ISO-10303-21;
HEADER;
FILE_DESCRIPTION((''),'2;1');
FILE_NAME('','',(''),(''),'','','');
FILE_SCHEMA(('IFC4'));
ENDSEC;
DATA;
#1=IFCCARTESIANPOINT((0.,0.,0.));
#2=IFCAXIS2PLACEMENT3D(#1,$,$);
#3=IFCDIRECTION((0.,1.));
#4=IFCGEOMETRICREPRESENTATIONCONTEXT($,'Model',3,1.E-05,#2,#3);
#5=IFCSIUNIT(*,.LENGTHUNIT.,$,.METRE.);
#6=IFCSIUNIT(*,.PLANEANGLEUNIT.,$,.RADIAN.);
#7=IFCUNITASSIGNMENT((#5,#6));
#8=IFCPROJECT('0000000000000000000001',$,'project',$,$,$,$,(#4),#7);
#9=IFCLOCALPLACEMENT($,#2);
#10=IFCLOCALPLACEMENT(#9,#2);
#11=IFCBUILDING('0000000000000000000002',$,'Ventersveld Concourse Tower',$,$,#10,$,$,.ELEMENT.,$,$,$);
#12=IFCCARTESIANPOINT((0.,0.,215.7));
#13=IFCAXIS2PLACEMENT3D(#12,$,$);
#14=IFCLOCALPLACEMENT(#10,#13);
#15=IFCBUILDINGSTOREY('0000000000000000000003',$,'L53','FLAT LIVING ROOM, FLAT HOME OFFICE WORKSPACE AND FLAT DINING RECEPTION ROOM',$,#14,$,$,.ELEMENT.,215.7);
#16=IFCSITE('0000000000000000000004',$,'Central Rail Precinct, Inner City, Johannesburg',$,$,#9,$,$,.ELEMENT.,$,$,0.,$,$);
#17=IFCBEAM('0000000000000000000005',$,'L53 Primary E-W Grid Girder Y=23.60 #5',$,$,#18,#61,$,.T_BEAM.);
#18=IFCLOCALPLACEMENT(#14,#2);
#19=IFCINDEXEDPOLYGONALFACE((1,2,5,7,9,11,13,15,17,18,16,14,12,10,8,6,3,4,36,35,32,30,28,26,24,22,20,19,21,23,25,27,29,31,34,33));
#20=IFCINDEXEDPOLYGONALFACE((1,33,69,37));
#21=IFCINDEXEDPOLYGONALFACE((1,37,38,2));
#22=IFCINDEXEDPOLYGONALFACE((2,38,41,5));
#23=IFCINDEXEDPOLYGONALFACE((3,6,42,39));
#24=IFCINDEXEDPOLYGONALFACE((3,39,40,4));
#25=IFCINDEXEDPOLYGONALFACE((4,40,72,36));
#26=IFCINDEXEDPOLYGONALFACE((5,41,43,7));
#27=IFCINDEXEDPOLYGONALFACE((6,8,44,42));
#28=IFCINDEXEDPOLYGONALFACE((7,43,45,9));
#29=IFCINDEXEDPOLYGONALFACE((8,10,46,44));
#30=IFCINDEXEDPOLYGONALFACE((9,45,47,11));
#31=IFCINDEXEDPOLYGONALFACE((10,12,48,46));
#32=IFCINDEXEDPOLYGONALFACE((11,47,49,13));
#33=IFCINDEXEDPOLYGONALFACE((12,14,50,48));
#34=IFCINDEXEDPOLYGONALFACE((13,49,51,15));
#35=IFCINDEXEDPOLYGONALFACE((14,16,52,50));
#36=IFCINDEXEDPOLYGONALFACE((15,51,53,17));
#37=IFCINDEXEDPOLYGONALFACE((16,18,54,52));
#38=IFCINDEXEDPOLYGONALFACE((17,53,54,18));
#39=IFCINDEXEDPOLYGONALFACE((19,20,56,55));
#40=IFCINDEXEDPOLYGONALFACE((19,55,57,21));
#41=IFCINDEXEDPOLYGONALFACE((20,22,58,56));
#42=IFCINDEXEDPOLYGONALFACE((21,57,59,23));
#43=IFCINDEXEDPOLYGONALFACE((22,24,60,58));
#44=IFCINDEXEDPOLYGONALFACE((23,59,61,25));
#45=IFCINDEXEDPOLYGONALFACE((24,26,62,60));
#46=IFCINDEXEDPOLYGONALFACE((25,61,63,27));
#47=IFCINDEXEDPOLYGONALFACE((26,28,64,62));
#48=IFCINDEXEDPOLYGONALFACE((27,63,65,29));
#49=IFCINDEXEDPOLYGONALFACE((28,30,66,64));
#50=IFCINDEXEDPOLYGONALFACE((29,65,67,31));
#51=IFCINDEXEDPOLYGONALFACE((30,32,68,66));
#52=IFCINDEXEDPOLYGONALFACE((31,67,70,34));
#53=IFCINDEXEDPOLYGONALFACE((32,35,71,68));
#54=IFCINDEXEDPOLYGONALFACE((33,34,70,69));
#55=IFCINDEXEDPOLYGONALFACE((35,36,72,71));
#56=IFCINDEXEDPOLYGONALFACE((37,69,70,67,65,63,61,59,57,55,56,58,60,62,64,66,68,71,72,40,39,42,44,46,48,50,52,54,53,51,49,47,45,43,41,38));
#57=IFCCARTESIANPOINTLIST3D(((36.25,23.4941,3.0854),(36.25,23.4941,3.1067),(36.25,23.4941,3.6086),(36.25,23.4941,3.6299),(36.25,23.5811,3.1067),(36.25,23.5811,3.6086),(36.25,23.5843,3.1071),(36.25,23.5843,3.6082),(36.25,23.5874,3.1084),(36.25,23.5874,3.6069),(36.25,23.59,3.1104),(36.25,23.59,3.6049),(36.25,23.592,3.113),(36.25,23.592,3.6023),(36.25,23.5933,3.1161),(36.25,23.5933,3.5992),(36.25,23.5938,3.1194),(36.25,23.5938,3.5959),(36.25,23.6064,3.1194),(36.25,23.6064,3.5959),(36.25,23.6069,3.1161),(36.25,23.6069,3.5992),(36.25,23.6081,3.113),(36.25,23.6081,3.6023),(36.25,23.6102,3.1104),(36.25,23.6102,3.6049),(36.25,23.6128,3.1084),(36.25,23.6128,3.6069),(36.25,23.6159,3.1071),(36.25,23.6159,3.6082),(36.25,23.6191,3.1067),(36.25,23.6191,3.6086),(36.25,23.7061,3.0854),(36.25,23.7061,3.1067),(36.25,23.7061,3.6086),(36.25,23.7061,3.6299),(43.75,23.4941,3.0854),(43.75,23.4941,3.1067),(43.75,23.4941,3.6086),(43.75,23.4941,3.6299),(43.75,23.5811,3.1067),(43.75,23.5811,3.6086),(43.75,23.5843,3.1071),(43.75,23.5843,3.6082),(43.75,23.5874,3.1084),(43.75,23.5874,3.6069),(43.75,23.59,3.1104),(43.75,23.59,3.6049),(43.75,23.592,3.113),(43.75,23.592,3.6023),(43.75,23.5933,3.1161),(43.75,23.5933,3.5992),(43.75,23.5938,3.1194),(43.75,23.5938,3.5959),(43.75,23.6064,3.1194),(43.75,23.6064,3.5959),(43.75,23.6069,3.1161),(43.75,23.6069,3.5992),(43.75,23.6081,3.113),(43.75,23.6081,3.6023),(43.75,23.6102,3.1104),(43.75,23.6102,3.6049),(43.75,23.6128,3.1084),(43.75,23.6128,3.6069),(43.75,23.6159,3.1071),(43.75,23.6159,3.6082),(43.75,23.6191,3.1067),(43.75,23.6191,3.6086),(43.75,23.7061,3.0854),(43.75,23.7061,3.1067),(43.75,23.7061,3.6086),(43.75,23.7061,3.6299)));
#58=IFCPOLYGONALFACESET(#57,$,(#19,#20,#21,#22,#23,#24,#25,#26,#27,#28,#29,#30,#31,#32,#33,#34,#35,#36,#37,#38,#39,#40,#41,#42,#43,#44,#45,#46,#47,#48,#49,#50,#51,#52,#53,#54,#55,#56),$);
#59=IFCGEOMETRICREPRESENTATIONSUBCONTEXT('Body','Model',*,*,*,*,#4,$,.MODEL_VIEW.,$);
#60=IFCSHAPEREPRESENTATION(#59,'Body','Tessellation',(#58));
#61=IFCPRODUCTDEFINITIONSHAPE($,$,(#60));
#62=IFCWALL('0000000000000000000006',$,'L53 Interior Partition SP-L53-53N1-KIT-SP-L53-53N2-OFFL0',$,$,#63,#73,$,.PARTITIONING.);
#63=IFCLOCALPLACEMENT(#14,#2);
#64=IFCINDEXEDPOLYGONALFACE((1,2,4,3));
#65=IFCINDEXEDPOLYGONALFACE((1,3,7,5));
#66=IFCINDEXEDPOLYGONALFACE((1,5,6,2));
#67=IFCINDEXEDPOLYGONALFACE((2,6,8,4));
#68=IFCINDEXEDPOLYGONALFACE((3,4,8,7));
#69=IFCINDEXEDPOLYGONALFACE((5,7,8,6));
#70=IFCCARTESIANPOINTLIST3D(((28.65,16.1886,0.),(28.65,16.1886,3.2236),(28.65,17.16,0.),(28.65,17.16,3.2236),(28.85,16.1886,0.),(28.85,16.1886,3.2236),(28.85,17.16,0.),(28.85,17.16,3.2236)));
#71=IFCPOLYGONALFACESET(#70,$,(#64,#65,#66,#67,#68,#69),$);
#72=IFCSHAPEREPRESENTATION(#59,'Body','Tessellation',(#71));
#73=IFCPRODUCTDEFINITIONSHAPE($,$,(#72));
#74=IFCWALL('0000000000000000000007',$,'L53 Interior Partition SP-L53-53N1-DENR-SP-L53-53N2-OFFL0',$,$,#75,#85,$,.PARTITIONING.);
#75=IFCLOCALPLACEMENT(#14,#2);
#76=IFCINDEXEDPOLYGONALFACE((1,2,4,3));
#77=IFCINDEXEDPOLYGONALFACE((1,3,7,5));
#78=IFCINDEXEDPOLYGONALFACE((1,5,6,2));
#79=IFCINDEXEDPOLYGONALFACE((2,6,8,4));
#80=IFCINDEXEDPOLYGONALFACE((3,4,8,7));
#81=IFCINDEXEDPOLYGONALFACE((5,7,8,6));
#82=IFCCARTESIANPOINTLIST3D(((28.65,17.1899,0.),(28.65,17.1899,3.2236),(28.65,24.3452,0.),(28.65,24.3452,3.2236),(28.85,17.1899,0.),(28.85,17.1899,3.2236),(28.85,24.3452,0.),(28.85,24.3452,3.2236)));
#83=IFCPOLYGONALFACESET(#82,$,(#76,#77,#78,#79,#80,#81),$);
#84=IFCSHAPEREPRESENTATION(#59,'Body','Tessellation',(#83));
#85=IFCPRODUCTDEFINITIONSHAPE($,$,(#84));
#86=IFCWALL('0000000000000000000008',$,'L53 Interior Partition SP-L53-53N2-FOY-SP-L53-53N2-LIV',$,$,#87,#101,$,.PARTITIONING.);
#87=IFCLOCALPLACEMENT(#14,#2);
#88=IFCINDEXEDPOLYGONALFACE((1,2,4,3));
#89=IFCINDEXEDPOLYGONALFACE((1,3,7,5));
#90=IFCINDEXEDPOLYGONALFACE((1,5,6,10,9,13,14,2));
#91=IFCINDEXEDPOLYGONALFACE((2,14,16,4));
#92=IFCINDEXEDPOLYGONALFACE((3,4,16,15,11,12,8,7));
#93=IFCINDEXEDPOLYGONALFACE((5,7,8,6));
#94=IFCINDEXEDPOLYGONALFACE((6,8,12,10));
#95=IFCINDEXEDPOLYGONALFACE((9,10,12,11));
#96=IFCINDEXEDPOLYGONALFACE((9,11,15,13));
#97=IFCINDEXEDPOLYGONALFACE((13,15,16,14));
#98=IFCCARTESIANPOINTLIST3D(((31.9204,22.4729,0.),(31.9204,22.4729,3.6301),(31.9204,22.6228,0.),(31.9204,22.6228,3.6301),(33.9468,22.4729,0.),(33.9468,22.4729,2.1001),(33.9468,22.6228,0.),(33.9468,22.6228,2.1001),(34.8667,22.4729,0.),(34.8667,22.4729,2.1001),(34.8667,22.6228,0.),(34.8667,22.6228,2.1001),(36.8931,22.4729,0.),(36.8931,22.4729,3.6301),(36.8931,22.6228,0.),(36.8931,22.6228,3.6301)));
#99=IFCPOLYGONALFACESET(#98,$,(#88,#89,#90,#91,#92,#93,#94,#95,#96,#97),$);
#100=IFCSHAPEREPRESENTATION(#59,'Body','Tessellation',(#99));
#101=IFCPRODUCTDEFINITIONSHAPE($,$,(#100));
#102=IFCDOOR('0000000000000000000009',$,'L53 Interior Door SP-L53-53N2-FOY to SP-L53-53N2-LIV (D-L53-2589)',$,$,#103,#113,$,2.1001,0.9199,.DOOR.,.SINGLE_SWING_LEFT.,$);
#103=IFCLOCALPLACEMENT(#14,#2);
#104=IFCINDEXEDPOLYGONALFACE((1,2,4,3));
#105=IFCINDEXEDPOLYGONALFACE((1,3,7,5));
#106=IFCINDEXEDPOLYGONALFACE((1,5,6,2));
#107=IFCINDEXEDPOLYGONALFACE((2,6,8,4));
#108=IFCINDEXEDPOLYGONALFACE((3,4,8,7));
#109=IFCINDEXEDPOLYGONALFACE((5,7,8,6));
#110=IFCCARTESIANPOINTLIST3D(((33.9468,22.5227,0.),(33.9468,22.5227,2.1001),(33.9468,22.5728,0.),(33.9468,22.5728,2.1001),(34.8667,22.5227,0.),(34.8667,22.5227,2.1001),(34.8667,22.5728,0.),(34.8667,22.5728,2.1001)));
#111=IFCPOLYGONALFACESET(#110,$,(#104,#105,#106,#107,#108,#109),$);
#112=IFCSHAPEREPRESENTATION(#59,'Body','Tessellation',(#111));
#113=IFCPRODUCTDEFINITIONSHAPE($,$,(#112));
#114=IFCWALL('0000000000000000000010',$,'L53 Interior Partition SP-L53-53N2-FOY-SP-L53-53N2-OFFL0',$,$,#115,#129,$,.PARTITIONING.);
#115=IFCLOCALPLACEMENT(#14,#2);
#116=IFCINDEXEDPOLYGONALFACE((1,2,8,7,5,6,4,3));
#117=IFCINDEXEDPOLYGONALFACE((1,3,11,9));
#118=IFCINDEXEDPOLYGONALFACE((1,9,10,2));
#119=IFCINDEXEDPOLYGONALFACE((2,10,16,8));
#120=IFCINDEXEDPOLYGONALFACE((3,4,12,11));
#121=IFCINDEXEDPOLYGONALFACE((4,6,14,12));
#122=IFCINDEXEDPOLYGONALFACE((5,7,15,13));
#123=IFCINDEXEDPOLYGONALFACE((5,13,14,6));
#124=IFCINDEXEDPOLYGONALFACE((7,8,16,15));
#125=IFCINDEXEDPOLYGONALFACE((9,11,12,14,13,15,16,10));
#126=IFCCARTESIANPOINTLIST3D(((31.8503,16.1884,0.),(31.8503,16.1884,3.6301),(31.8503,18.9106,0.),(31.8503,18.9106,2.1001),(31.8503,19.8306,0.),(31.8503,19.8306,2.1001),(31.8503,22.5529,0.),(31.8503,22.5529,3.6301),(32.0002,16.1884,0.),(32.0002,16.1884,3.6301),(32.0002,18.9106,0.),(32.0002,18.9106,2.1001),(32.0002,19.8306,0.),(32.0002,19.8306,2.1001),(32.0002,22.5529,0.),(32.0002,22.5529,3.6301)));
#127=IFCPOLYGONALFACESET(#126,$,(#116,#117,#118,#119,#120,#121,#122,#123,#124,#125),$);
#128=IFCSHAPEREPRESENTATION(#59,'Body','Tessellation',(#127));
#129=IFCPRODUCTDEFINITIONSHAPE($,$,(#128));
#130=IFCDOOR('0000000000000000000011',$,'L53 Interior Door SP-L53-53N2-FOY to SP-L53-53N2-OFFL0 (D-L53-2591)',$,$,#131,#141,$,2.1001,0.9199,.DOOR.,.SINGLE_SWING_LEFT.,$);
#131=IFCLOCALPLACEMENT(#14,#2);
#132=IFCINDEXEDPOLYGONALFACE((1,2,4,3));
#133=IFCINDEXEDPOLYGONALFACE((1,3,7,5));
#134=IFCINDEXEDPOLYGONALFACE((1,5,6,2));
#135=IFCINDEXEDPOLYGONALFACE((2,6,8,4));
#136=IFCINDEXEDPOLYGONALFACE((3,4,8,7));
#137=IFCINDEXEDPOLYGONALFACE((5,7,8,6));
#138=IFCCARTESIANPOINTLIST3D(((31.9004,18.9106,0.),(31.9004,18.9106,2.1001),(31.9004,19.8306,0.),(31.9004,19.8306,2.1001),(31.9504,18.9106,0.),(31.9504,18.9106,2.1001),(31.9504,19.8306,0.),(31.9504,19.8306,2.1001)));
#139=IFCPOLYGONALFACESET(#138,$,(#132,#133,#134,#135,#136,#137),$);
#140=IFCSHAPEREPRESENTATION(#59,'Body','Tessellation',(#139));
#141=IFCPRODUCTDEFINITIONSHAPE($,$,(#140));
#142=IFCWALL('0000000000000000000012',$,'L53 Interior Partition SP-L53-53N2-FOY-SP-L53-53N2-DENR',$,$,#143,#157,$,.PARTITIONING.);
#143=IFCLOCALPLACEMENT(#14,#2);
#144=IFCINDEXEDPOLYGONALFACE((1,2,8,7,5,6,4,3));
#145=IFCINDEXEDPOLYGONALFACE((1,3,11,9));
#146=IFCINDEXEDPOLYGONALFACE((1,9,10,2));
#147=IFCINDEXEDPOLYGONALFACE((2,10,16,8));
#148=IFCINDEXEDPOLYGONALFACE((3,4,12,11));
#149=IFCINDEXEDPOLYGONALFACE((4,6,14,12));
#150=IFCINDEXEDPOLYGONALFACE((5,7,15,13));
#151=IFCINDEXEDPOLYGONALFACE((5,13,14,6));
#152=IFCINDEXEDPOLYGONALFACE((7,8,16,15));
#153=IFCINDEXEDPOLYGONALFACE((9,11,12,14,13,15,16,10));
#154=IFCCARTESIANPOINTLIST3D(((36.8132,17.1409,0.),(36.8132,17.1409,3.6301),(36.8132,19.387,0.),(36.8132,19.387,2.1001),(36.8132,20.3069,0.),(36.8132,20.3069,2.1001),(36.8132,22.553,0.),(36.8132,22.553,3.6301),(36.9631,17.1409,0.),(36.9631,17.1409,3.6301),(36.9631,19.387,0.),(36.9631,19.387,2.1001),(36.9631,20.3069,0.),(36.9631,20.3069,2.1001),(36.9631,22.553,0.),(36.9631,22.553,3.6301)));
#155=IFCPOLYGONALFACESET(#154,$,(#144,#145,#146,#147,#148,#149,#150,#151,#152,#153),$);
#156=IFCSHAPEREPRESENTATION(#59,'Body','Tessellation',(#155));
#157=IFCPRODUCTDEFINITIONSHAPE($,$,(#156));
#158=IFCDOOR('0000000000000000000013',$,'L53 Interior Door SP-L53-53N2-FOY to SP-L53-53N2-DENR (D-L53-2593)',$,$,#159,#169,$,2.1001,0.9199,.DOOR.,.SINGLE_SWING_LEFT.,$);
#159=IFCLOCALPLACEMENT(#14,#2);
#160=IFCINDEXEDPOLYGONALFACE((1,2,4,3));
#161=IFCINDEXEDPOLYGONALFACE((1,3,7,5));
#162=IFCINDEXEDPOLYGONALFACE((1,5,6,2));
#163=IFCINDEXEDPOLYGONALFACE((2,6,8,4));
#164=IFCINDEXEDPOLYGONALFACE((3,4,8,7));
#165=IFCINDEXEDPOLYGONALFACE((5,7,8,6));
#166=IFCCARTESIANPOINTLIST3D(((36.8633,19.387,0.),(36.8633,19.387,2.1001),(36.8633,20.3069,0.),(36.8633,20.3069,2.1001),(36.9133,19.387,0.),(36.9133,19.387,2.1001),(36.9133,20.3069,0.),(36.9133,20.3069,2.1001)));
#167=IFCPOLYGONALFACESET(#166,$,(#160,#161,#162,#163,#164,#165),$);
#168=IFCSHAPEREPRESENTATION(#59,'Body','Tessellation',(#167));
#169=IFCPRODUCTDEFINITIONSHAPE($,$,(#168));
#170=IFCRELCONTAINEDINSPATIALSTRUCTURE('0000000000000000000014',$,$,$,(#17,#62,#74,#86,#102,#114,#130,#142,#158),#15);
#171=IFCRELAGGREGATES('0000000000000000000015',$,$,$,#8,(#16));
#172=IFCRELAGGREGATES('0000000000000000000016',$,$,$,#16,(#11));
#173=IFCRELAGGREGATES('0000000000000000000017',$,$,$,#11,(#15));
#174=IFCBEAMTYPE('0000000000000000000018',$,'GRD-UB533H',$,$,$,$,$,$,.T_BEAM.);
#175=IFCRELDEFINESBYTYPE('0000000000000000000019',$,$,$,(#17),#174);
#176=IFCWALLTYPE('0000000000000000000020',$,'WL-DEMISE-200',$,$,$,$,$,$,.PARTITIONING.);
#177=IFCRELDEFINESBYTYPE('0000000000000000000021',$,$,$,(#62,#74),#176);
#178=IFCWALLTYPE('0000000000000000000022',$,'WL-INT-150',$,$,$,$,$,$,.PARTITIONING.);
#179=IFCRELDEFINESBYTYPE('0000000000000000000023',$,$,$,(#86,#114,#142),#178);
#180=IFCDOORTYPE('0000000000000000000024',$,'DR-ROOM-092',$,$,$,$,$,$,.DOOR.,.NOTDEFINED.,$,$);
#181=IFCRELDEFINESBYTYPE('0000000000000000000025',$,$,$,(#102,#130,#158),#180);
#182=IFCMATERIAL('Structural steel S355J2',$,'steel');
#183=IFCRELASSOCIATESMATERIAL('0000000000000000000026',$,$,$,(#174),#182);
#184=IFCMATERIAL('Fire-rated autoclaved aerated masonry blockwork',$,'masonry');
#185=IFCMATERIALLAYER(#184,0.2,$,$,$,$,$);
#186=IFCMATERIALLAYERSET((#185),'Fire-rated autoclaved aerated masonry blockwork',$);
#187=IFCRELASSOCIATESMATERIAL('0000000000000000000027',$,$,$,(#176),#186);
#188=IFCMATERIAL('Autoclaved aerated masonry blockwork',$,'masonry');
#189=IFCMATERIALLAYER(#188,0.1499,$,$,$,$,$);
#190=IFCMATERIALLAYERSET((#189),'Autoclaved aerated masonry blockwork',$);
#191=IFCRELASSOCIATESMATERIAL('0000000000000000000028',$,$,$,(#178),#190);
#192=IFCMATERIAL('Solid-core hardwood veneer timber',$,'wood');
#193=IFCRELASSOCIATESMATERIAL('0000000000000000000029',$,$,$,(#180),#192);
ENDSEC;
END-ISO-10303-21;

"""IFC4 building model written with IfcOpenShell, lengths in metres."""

from ifc_helpers import new_model, si_unit, direction, frame, frame_2d, origin, origin_2d, place, context, subcontext, project, spatial, rectangle, i_section, extrude, material, layer, layer_set, material_profile, profile_set, type_object, element, fill, save


model = new_model("IFC4")

# Units and contexts
model_context = context("Model", 3, precision=1e-05, world=origin(), true_north=direction((0.0, 1.0)))
body_context = subcontext(model_context, "Body", "Model", "MODEL_VIEW")
ifc_project = project(units=[si_unit("LENGTHUNIT", "METRE"), si_unit("PLANEANGLEUNIT", "RADIAN")], contexts=[model_context])

# Site, building, storey
site_placement = place(None, origin())
site = spatial("IfcSite", under=ifc_project, at=site_placement, Name="Central Rail Precinct, Inner City, Johannesburg", CompositionType="ELEMENT", RefElevation=0.0)
building_placement = place(site_placement, origin())
building = spatial("IfcBuilding", under=site, at=building_placement, Name="Ventersveld Concourse Tower", CompositionType="ELEMENT")
storey_placement = place(building_placement, frame((0.0, 0.0, 215.7)))
storey = spatial("IfcBuildingStorey", under=building, at=storey_placement, Name="L53", Description="FLAT LIVING ROOM, FLAT HOME OFFICE WORKSPACE AND FLAT DINING RECEPTION ROOM", CompositionType="ELEMENT", Elevation=215.7)

# Beam
ifc_material_1 = material(Name="Structural steel S355J2", Category="steel")
ifc_material_profile_1 = material_profile(ifc_material_1, i_section(OverallWidth=0.2119, OverallDepth=0.5444, WebThickness=0.0127, FlangeThickness=0.0212, FilletRadius=0.0127, at=origin_2d()), Name="UB 533x210x122")
ifc_profile_set_1 = profile_set([ifc_material_profile_1], Name="Structural steel S355J2")
beam_type_1 = type_object("IfcBeamType", Name="GRD-UB533H", PredefinedType="T_BEAM", material=ifc_profile_set_1)
for number, where, z_axis, x_axis, name in (
    (1, (36.25, 23.6001, 3.3577), (1.0, 0.0, 0.0), (0.0, 1.0, 0.0), "L53 Primary E-W Grid Girder Y=23.60 #5"),
):
    element("IfcBeam", number, at=place(storey_placement, frame(where, z_axis=z_axis, x_axis=x_axis)), inside=storey, type_object=beam_type_1, Name=name, PredefinedType="T_BEAM", context=body_context, shape_type="SweptSolid", body=[
        extrude(i_section(OverallWidth=0.2119, OverallDepth=0.5444, WebThickness=0.0127, FlangeThickness=0.0212, FilletRadius=0.0127, at=origin_2d()), origin(), (0.0, 0.0, 1.0), 7.5),
    ])

# Walls
ifc_material_2 = material(Name="Fire-rated autoclaved aerated masonry blockwork", Category="masonry")
ifc_layer_1 = layer(ifc_material_2, 0.2)
ifc_layer_set_1 = layer_set([ifc_layer_1], Name="Fire-rated autoclaved aerated masonry blockwork")
wall_type_1 = type_object("IfcWallType", Name="WL-DEMISE-200", PredefinedType="PARTITIONING", material=ifc_layer_set_1)
wall_1_placement = place(storey_placement, frame((28.75, 16.1885, 0.0), z_axis=(0.0, 0.0, 1.0), x_axis=(0.0, 1.0, 0.0)))
element("IfcWall", 2, at=wall_1_placement, inside=storey, type_object=wall_type_1, Name="L53 Interior Partition SP-L53-53N1-KIT-SP-L53-53N2-OFFL0", PredefinedType="PARTITIONING", context=body_context, shape_type="SweptSolid", body=[
    extrude(rectangle(XDim=0.9714, YDim=0.2, at=frame_2d((0.4858, 0.0))), origin(), (0.0, 0.0, 1.0), 3.2236),
])
wall_2_placement = place(storey_placement, frame((28.75, 17.1899, 0.0), z_axis=(0.0, 0.0, 1.0), x_axis=(0.0, 1.0, 0.0)))
element("IfcWall", 3, at=wall_2_placement, inside=storey, type_object=wall_type_1, Name="L53 Interior Partition SP-L53-53N1-DENR-SP-L53-53N2-OFFL0", PredefinedType="PARTITIONING", context=body_context, shape_type="SweptSolid", body=[
    extrude(rectangle(XDim=7.1553, YDim=0.2, at=frame_2d((3.5776, 0.0))), origin(), (0.0, 0.0, 1.0), 3.2236),
])

# Walls, openings, doors
ifc_material_3 = material(Name="Autoclaved aerated masonry blockwork", Category="masonry")
ifc_layer_2 = layer(ifc_material_3, 0.1499)
ifc_layer_set_2 = layer_set([ifc_layer_2], Name="Autoclaved aerated masonry blockwork")
wall_type_2 = type_object("IfcWallType", Name="WL-INT-150", PredefinedType="PARTITIONING", material=ifc_layer_set_2)
wall_3_placement = place(storey_placement, frame((31.9204, 22.5479, 0.0), z_axis=(0.0, 0.0, 1.0), x_axis=(1.0, 0.0, 0.0)))
wall_3 = element("IfcWall", 4, at=wall_3_placement, inside=storey, type_object=wall_type_2, Name="L53 Interior Partition SP-L53-53N2-FOY-SP-L53-53N2-LIV", PredefinedType="PARTITIONING", context=body_context, shape_type="SweptSolid", body=[
    extrude(rectangle(XDim=4.9727, YDim=0.1499, at=frame_2d((2.4863, 0.0))), origin(), (0.0, 0.0, 1.0), 3.6301),
])
opening_1_placement = place(wall_3_placement, frame((2.0264, 0.0, 0.0)))
opening_1 = element("IfcOpeningElement", 5, at=opening_1_placement, cuts=wall_3, PredefinedType="OPENING", context=body_context, shape_type="SweptSolid", body=[
    extrude(rectangle(XDim=0.9199, YDim=2.1001, at=frame_2d((0.46, 1.05))), frame((0.0, 0.085, 0.0), z_axis=(0.0, -1.0, 0.0), x_axis=(1.0, 0.0, 0.0)), (0.0, 0.0, 1.0), 0.1699),
])
ifc_material_4 = material(Name="Solid-core hardwood veneer timber", Category="wood")
door_type = type_object("IfcDoorType", Name="DR-ROOM-092", OperationType="NOTDEFINED", PredefinedType="DOOR", material=ifc_material_4)
door_1_placement = place(opening_1_placement, origin())
door_1 = element("IfcDoor", 6, at=door_1_placement, inside=storey, type_object=door_type, Name="L53 Interior Door SP-L53-53N2-FOY to SP-L53-53N2-LIV (D-L53-2589)", OperationType="SINGLE_SWING_LEFT", OverallHeight=2.1001, OverallWidth=0.9199, PredefinedType="DOOR", context=body_context, shape_type="SweptSolid", body=[
    extrude(rectangle(XDim=0.9199, YDim=2.1001, at=frame_2d((0.46, 1.05))), frame((0.0, 0.0249, 0.0), z_axis=(0.0, -1.0, 0.0), x_axis=(1.0, 0.0, 0.0)), (0.0, 0.0, 1.0), 0.05),
])
fill(opening_1, door_1)
wall_4_placement = place(storey_placement, frame((31.9253, 16.1885, 0.0), z_axis=(0.0, 0.0, 1.0), x_axis=(0.0, 1.0, 0.0)))
wall_4 = element("IfcWall", 7, at=wall_4_placement, inside=storey, type_object=wall_type_2, Name="L53 Interior Partition SP-L53-53N2-FOY-SP-L53-53N2-OFFL0", PredefinedType="PARTITIONING", context=body_context, shape_type="SweptSolid", body=[
    extrude(rectangle(XDim=6.3645, YDim=0.1499, at=frame_2d((3.1821, 0.0))), origin(), (0.0, 0.0, 1.0), 3.6301),
])
opening_2_placement = place(wall_4_placement, frame((2.7222, 0.0, 0.0)))
opening_2 = element("IfcOpeningElement", 8, at=opening_2_placement, cuts=wall_4, PredefinedType="OPENING", context=body_context, shape_type="SweptSolid", body=[
    extrude(rectangle(XDim=0.9199, YDim=2.1001, at=frame_2d((0.46, 1.05))), frame((0.0, 0.085, 0.0), z_axis=(0.0, -1.0, 0.0), x_axis=(1.0, 0.0, 0.0)), (0.0, 0.0, 1.0), 0.1699),
])
door_2_placement = place(opening_2_placement, origin())
door_2 = element("IfcDoor", 9, at=door_2_placement, inside=storey, type_object=door_type, Name="L53 Interior Door SP-L53-53N2-FOY to SP-L53-53N2-OFFL0 (D-L53-2591)", OperationType="SINGLE_SWING_LEFT", OverallHeight=2.1001, OverallWidth=0.9199, PredefinedType="DOOR", context=body_context, shape_type="SweptSolid", body=[
    extrude(rectangle(XDim=0.9199, YDim=2.1001, at=frame_2d((0.46, 1.05))), frame((0.0, 0.0249, 0.0), z_axis=(0.0, -1.0, 0.0), x_axis=(1.0, 0.0, 0.0)), (0.0, 0.0, 1.0), 0.05),
])
fill(opening_2, door_2)
wall_5_placement = place(storey_placement, frame((36.8882, 17.1409, 0.0), z_axis=(0.0, 0.0, 1.0), x_axis=(0.0, 1.0, 0.0)))
wall_5 = element("IfcWall", 10, at=wall_5_placement, inside=storey, type_object=wall_type_2, Name="L53 Interior Partition SP-L53-53N2-FOY-SP-L53-53N2-DENR", PredefinedType="PARTITIONING", context=body_context, shape_type="SweptSolid", body=[
    extrude(rectangle(XDim=5.4121, YDim=0.1499, at=frame_2d((2.7061, 0.0))), origin(), (0.0, 0.0, 1.0), 3.6301),
])
opening_3_placement = place(wall_5_placement, frame((2.2461, 0.0, 0.0)))
opening_3 = element("IfcOpeningElement", 11, at=opening_3_placement, cuts=wall_5, PredefinedType="OPENING", context=body_context, shape_type="SweptSolid", body=[
    extrude(rectangle(XDim=0.9199, YDim=2.1001, at=frame_2d((0.46, 1.05))), frame((0.0, 0.085, 0.0), z_axis=(0.0, -1.0, 0.0), x_axis=(1.0, 0.0, 0.0)), (0.0, 0.0, 1.0), 0.1699),
])
door_3_placement = place(opening_3_placement, origin())
door_3 = element("IfcDoor", 12, at=door_3_placement, inside=storey, type_object=door_type, Name="L53 Interior Door SP-L53-53N2-FOY to SP-L53-53N2-DENR (D-L53-2593)", OperationType="SINGLE_SWING_LEFT", OverallHeight=2.1001, OverallWidth=0.9199, PredefinedType="DOOR", context=body_context, shape_type="SweptSolid", body=[
    extrude(rectangle(XDim=0.9199, YDim=2.1001, at=frame_2d((0.46, 1.05))), frame((0.0, 0.0249, 0.0), z_axis=(0.0, -1.0, 0.0), x_axis=(1.0, 0.0, 0.0)), (0.0, 0.0, 1.0), 0.05),
])
fill(opening_3, door_3)

save(model, "model.ifc")
